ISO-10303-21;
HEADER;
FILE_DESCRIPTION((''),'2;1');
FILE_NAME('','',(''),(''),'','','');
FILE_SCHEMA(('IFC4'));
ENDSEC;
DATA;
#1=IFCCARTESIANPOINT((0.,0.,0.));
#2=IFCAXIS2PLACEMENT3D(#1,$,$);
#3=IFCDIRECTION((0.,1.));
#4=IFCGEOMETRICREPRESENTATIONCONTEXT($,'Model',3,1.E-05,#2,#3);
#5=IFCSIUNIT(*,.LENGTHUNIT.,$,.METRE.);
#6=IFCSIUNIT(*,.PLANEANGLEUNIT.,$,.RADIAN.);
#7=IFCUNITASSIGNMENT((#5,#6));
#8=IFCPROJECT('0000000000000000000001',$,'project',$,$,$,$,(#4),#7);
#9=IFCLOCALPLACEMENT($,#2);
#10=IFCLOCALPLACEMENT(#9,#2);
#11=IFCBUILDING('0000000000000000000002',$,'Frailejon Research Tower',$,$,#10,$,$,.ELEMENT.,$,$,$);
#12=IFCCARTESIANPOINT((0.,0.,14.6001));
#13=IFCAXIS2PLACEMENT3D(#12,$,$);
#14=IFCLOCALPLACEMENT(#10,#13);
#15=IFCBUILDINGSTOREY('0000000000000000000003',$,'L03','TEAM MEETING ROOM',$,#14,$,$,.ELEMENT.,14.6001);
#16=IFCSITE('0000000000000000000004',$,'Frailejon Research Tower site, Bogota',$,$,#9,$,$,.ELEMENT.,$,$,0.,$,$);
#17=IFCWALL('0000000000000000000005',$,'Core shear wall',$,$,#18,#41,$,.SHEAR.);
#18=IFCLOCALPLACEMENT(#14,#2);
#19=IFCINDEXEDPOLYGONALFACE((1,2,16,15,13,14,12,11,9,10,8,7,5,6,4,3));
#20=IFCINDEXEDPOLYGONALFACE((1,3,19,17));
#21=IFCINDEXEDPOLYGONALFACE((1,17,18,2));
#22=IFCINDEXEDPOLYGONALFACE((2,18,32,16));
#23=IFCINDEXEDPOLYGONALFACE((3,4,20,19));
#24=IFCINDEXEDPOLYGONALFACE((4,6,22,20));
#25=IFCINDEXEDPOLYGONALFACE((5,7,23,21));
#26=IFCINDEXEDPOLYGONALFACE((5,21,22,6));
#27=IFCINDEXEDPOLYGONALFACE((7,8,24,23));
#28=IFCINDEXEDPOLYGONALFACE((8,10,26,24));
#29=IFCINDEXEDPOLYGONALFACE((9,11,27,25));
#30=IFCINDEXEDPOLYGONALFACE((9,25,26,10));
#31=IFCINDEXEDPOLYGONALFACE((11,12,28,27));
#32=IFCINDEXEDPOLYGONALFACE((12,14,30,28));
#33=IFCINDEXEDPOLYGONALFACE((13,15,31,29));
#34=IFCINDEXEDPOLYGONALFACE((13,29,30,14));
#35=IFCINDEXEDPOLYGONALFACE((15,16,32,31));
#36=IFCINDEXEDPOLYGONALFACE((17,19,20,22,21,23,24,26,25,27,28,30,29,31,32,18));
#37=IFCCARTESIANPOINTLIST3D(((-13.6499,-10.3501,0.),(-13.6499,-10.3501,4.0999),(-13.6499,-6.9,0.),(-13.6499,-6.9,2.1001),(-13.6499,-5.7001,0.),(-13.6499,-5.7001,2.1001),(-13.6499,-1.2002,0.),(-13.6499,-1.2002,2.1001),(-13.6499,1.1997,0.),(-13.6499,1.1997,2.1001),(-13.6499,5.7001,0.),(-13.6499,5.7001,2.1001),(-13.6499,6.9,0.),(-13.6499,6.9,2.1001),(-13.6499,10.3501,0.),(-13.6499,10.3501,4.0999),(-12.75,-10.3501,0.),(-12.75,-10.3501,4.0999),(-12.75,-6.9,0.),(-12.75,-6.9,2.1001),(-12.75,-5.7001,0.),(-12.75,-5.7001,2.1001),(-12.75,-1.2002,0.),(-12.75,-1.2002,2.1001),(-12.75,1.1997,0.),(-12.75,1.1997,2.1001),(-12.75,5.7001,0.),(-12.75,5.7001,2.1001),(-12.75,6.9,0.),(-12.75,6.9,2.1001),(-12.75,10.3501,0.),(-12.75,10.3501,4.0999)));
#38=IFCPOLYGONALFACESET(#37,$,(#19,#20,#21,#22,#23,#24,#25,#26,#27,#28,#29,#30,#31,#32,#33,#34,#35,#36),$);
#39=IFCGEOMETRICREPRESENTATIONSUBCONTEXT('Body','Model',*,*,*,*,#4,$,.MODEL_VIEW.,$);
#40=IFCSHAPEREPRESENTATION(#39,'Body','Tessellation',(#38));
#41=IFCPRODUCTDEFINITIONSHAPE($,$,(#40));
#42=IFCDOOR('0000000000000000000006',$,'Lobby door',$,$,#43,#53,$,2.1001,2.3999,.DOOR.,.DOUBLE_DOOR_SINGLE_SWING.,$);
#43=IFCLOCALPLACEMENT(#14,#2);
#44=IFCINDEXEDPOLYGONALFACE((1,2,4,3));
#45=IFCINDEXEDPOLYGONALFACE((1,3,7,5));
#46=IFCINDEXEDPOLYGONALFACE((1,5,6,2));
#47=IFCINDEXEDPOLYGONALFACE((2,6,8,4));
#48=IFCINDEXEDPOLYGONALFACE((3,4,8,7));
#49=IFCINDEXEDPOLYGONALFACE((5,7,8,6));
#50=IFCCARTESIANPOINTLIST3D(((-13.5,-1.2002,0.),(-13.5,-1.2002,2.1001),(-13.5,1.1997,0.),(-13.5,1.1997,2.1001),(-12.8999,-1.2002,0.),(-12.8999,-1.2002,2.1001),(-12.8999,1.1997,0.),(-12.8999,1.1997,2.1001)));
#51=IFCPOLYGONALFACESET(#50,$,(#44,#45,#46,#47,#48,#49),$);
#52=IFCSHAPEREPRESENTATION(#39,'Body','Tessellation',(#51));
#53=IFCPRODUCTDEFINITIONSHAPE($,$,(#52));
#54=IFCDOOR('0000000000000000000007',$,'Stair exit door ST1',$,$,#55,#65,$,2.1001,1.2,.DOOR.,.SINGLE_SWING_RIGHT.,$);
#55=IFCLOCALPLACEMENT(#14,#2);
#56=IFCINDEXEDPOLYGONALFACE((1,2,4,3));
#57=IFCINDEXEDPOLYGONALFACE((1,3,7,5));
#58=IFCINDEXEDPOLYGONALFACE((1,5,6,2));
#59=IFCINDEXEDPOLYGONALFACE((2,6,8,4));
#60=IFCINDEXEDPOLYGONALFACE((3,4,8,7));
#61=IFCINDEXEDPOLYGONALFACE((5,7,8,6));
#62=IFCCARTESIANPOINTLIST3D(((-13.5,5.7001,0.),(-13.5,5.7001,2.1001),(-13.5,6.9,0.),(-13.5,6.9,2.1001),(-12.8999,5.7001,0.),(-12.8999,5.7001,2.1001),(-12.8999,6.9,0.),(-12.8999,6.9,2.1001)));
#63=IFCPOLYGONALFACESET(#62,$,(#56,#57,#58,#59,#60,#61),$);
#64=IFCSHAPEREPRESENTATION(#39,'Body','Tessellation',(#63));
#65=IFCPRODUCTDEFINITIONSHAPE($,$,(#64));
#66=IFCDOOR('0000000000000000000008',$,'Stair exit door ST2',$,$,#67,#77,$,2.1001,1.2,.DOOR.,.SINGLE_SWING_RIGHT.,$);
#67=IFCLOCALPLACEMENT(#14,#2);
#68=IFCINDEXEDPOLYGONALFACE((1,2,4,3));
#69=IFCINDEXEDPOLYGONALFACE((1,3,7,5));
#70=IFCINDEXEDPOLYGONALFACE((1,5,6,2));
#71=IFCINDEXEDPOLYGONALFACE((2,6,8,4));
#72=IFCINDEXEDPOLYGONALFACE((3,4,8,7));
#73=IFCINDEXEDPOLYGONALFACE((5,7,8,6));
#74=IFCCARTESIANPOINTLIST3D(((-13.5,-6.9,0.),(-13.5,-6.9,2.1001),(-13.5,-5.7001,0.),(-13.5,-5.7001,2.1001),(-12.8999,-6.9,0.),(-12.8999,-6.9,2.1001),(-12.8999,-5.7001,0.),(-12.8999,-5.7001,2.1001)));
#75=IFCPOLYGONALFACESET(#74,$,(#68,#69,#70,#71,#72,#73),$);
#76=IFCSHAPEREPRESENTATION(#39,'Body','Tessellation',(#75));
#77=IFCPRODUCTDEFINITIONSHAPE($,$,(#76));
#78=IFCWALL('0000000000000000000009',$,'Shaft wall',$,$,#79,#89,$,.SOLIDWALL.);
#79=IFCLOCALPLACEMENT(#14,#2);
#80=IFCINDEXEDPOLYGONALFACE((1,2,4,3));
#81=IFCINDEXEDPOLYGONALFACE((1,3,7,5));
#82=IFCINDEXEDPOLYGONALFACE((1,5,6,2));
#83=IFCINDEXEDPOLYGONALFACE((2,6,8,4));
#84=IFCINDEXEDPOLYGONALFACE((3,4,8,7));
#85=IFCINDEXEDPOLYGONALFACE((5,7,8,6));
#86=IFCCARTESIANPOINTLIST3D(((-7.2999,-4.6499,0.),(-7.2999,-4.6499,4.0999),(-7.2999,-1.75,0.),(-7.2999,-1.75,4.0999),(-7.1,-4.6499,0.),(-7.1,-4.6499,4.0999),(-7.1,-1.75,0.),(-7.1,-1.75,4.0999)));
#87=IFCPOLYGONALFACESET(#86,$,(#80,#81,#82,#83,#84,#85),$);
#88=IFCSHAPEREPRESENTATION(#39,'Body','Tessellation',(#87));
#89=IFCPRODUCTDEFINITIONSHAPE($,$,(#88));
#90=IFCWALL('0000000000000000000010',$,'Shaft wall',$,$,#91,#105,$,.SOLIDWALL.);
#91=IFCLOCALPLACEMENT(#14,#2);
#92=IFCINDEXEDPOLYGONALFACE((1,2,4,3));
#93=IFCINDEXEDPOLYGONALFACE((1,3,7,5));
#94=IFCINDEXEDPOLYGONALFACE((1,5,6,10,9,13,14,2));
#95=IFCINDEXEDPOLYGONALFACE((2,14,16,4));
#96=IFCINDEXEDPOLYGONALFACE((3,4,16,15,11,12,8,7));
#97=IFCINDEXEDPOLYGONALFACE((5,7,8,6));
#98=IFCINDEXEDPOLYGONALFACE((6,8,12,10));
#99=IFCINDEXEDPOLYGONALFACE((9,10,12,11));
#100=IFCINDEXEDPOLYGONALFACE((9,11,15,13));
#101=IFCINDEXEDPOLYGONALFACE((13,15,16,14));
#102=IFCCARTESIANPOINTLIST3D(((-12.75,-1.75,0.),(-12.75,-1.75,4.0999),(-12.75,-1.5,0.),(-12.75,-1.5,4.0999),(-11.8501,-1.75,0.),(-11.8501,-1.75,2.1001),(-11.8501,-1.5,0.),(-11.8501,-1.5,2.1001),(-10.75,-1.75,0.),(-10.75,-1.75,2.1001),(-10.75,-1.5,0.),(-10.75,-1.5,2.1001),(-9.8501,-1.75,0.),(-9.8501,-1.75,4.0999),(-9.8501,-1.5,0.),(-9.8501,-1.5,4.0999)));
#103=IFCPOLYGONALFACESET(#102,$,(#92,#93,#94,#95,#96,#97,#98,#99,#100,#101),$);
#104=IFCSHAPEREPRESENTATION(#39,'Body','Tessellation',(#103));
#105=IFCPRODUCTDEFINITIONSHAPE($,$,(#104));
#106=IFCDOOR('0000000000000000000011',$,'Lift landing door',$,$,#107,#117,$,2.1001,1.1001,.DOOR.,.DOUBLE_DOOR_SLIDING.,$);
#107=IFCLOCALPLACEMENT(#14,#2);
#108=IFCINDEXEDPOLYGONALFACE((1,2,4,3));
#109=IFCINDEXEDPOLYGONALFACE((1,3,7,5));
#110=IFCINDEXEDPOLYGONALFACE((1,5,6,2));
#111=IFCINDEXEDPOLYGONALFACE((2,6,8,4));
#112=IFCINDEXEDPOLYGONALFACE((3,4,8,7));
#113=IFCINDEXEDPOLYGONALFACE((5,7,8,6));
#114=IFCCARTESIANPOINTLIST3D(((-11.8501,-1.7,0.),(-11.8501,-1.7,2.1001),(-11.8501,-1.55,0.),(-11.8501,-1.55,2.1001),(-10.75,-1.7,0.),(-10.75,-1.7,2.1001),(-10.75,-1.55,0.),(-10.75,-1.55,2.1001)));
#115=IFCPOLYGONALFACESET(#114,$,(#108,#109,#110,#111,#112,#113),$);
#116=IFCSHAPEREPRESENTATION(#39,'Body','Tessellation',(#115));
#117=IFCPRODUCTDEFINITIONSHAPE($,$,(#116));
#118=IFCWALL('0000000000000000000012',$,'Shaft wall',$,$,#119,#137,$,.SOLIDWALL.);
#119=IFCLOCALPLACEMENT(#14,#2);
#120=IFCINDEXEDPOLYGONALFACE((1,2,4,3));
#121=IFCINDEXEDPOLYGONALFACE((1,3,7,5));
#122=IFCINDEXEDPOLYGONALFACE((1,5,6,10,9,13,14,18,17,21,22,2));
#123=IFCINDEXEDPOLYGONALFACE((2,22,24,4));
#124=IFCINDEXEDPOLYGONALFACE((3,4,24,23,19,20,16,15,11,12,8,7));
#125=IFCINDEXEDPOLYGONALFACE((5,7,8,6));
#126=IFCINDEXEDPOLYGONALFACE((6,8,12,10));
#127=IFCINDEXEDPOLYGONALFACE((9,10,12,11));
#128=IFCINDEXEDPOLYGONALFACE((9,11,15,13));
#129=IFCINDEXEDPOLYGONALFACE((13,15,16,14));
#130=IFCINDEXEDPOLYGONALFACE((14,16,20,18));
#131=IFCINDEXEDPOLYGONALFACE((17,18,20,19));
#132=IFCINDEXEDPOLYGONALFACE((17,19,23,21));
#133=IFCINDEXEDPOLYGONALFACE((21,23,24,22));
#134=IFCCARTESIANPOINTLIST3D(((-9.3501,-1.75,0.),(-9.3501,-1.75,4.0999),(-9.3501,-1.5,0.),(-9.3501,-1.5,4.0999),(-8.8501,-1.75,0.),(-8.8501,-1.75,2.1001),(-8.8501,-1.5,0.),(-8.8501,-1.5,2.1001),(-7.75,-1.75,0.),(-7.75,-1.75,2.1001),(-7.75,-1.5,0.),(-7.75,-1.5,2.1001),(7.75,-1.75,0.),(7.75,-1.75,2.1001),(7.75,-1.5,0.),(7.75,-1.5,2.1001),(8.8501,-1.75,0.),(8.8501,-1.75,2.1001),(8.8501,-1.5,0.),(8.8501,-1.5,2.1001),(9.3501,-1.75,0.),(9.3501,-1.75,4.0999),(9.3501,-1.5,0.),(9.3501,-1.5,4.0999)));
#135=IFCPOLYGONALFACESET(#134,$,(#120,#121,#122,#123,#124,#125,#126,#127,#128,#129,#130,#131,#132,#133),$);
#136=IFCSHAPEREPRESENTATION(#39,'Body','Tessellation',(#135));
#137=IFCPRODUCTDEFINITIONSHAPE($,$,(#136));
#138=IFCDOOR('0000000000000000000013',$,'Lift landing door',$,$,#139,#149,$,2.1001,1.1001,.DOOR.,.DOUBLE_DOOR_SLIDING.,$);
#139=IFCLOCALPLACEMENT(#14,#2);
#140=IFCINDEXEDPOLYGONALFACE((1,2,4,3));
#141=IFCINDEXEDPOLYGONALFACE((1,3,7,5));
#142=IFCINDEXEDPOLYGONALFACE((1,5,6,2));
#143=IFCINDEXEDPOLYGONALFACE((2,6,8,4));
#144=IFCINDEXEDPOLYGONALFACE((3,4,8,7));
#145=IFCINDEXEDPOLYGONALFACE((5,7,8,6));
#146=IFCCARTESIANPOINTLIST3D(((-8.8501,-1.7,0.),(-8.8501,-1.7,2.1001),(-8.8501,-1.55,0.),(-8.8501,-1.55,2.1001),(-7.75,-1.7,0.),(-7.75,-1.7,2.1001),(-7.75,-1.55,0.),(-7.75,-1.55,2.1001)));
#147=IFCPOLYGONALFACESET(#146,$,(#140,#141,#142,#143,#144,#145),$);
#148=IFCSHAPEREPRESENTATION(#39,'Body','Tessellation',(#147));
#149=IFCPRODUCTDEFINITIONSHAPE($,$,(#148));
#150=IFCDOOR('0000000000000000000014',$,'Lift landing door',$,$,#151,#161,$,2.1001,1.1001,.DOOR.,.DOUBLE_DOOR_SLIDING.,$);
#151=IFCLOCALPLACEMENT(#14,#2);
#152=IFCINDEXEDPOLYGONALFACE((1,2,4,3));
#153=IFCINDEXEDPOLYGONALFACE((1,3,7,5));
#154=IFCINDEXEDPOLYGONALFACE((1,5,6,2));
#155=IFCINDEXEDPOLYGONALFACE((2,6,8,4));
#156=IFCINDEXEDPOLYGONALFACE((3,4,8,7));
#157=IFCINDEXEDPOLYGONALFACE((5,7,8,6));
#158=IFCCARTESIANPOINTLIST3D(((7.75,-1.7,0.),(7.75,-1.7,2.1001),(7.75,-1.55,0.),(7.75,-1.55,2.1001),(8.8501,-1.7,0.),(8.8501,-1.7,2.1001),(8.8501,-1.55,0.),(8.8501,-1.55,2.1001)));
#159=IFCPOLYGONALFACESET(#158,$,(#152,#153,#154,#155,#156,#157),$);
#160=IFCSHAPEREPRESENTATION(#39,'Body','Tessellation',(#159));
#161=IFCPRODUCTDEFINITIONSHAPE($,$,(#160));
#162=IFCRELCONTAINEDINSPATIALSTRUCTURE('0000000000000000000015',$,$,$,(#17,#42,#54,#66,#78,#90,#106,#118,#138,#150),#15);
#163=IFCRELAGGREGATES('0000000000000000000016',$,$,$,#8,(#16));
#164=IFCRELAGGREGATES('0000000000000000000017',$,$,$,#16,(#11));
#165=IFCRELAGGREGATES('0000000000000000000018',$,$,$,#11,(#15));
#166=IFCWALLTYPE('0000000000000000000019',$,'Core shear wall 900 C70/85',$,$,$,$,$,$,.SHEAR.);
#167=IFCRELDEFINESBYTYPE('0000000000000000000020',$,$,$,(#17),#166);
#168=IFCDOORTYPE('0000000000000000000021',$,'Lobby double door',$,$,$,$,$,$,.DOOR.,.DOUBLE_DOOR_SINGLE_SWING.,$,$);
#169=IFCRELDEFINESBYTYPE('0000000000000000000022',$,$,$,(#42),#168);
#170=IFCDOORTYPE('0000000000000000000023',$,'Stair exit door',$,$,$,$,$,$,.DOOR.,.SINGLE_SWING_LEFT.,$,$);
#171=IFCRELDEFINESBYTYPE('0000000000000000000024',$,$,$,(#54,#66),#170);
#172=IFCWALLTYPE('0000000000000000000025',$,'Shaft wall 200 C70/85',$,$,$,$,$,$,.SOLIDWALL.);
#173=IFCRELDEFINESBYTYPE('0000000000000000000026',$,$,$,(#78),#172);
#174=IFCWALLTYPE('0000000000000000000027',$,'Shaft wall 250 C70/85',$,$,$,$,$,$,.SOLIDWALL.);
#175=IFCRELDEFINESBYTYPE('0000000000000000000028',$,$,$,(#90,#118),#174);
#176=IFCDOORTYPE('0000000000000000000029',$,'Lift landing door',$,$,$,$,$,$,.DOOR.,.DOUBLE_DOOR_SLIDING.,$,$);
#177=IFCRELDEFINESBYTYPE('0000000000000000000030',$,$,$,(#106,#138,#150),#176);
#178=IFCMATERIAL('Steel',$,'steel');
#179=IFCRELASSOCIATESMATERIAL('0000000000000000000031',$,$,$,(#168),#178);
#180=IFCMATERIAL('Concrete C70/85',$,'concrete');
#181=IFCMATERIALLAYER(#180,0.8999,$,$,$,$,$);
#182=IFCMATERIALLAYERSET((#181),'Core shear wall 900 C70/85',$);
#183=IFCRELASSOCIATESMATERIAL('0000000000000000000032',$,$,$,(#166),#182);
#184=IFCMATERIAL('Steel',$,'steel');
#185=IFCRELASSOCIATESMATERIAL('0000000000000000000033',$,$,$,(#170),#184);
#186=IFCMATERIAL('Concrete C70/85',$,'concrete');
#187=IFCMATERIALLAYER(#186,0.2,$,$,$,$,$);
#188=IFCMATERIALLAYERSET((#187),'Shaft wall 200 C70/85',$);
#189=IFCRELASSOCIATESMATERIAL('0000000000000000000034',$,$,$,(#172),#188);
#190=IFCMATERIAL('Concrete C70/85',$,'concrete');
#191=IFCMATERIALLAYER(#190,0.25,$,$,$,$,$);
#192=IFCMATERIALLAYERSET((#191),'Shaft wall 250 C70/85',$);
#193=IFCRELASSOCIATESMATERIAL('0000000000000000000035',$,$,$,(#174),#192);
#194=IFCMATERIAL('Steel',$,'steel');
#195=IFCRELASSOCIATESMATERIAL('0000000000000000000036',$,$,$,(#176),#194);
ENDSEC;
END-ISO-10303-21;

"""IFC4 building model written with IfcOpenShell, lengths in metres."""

from ifc_helpers import new_model, si_unit, direction, frame, frame_2d, origin, place, context, subcontext, project, spatial, rectangle, extrude, material, layer, layer_set, type_object, element, fill, save


model = new_model("IFC4")

# Units and contexts
model_context = context("Model", 3, precision=1e-05, world=origin(), true_north=direction((0.0, 1.0)))
body_context = subcontext(model_context, "Body", "Model", "MODEL_VIEW")
ifc_project = project(units=[si_unit("LENGTHUNIT", "METRE"), si_unit("PLANEANGLEUNIT", "RADIAN")], contexts=[model_context])

# Site, building, storey
site_placement = place(None, origin())
site = spatial("IfcSite", under=ifc_project, at=site_placement, Name="Frailejon Research Tower site, Bogota", CompositionType="ELEMENT", RefElevation=0.0)
building_placement = place(site_placement, origin())
building = spatial("IfcBuilding", under=site, at=building_placement, Name="Frailejon Research Tower", CompositionType="ELEMENT")
storey_placement = place(building_placement, frame((0.0, 0.0, 14.6001)))
storey = spatial("IfcBuildingStorey", under=building, at=storey_placement, Name="L03", Description="TEAM MEETING ROOM", CompositionType="ELEMENT", Elevation=14.6001)

# Shared definitions
ifc_material_1 = material(Name="Steel", Category="steel")
door_type_1 = type_object("IfcDoorType", Name="Lobby double door", OperationType="DOUBLE_DOOR_SINGLE_SWING", PredefinedType="DOOR", material=ifc_material_1)

# Wall, openings, doors
ifc_material_2 = material(Name="Concrete C70/85", Category="concrete")
ifc_layer_1 = layer(ifc_material_2, 0.8999)
ifc_layer_set_1 = layer_set([ifc_layer_1], Name="Core shear wall 900 C70/85")
wall_type_1 = type_object("IfcWallType", Name="Core shear wall 900 C70/85", PredefinedType="SHEAR", material=ifc_layer_set_1)
wall_1_placement = place(storey_placement, frame((-13.2, -10.3501, 0.0), z_axis=(0.0, 0.0, 1.0), x_axis=(0.0, 1.0, 0.0)))
wall_1 = element("IfcWall", 1, at=wall_1_placement, inside=storey, type_object=wall_type_1, Name="Core shear wall", PredefinedType="SHEAR", context=body_context, shape_type="SweptSolid", body=[
    extrude(rectangle(XDim=20.7002, YDim=0.8999, at=frame_2d((10.3501, 0.0))), origin(), (0.0, 0.0, 1.0), 4.0999),
])
opening_1_placement = place(wall_1_placement, frame((9.1499, 0.0, 0.0)))
opening_1 = element("IfcOpeningElement", 2, at=opening_1_placement, cuts=wall_1, PredefinedType="OPENING", context=body_context, shape_type="SweptSolid", body=[
    extrude(rectangle(XDim=2.3999, YDim=2.1001, at=frame_2d((1.2, 1.05))), frame((0.0, 0.46, 0.0), z_axis=(0.0, -1.0, 0.0), x_axis=(1.0, 0.0, 0.0)), (0.0, 0.0, 1.0), 0.9199),
])
opening_2_placement = place(wall_1_placement, frame((16.05, 0.0, 0.0)))
opening_2 = element("IfcOpeningElement", 3, at=opening_2_placement, cuts=wall_1, PredefinedType="OPENING", context=body_context, shape_type="SweptSolid", body=[
    extrude(rectangle(XDim=1.2, YDim=2.1001, at=frame_2d((0.6001, 1.05))), frame((0.0, 0.46, 0.0), z_axis=(0.0, -1.0, 0.0), x_axis=(1.0, 0.0, 0.0)), (0.0, 0.0, 1.0), 0.9199),
])
opening_3_placement = place(wall_1_placement, frame((3.45, 0.0, 0.0)))
opening_3 = element("IfcOpeningElement", 4, at=opening_3_placement, cuts=wall_1, PredefinedType="OPENING", context=body_context, shape_type="SweptSolid", body=[
    extrude(rectangle(XDim=1.2, YDim=2.1001, at=frame_2d((0.6001, 1.05))), frame((0.0, 0.46, 0.0), z_axis=(0.0, -1.0, 0.0), x_axis=(1.0, 0.0, 0.0)), (0.0, 0.0, 1.0), 0.9199),
])
door_1_placement = place(opening_1_placement, origin())
door_1 = element("IfcDoor", 5, at=door_1_placement, inside=storey, type_object=door_type_1, Name="Lobby door", OperationType="DOUBLE_DOOR_SINGLE_SWING", OverallHeight=2.1001, OverallWidth=2.3999, PredefinedType="DOOR", context=body_context, shape_type="SweptSolid", body=[
    extrude(rectangle(XDim=2.3999, YDim=2.1001, at=frame_2d((1.2, 1.05))), frame((0.0, 0.3, 0.0), z_axis=(0.0, -1.0, 0.0), x_axis=(1.0, 0.0, 0.0)), (0.0, 0.0, 1.0), 0.6001),
])
fill(opening_1, door_1)
ifc_material_3 = material(Name="Steel", Category="steel")
door_type_2 = type_object("IfcDoorType", Name="Stair exit door", OperationType="SINGLE_SWING_LEFT", PredefinedType="DOOR", material=ifc_material_3)
door_2_placement = place(opening_2_placement, origin())
door_2 = element("IfcDoor", 6, at=door_2_placement, inside=storey, type_object=door_type_2, Name="Stair exit door ST1", OperationType="SINGLE_SWING_RIGHT", OverallHeight=2.1001, OverallWidth=1.2, PredefinedType="DOOR", context=body_context, shape_type="SweptSolid", body=[
    extrude(rectangle(XDim=1.2, YDim=2.1001, at=frame_2d((0.6001, 1.05))), frame((0.0, 0.3, 0.0), z_axis=(0.0, -1.0, 0.0), x_axis=(1.0, 0.0, 0.0)), (0.0, 0.0, 1.0), 0.6001),
])
fill(opening_2, door_2)
door_3_placement = place(opening_3_placement, origin())
door_3 = element("IfcDoor", 7, at=door_3_placement, inside=storey, type_object=door_type_2, Name="Stair exit door ST2", OperationType="SINGLE_SWING_RIGHT", OverallHeight=2.1001, OverallWidth=1.2, PredefinedType="DOOR", context=body_context, shape_type="SweptSolid", body=[
    extrude(rectangle(XDim=1.2, YDim=2.1001, at=frame_2d((0.6001, 1.05))), frame((0.0, 0.3, 0.0), z_axis=(0.0, -1.0, 0.0), x_axis=(1.0, 0.0, 0.0)), (0.0, 0.0, 1.0), 0.6001),
])
fill(opening_3, door_3)

# Wall
ifc_material_4 = material(Name="Concrete C70/85", Category="concrete")
ifc_layer_2 = layer(ifc_material_4, 0.2)
ifc_layer_set_2 = layer_set([ifc_layer_2], Name="Shaft wall 200 C70/85")
wall_type_2 = type_object("IfcWallType", Name="Shaft wall 200 C70/85", PredefinedType="SOLIDWALL", material=ifc_layer_set_2)
wall_2_placement = place(storey_placement, frame((-7.2, -4.6499, 0.0), z_axis=(0.0, 0.0, 1.0), x_axis=(0.0, 1.0, 0.0)))
element("IfcWall", 8, at=wall_2_placement, inside=storey, type_object=wall_type_2, Name="Shaft wall", PredefinedType="SOLIDWALL", context=body_context, shape_type="SweptSolid", body=[
    extrude(rectangle(XDim=2.8999, YDim=0.2, at=frame_2d((1.45, 0.0))), origin(), (0.0, 0.0, 1.0), 4.0999),
])

# Wall, opening, door
ifc_material_5 = material(Name="Concrete C70/85", Category="concrete")
ifc_layer_3 = layer(ifc_material_5, 0.25)
ifc_layer_set_3 = layer_set([ifc_layer_3], Name="Shaft wall 250 C70/85")
wall_type_3 = type_object("IfcWallType", Name="Shaft wall 250 C70/85", PredefinedType="SOLIDWALL", material=ifc_layer_set_3)
wall_3_placement = place(storey_placement, frame((-12.75, -1.625, 0.0), z_axis=(0.0, 0.0, 1.0), x_axis=(1.0, 0.0, 0.0)))
wall_3 = element("IfcWall", 9, at=wall_3_placement, inside=storey, type_object=wall_type_3, Name="Shaft wall", PredefinedType="SOLIDWALL", context=body_context, shape_type="SweptSolid", body=[
    extrude(rectangle(XDim=2.8999, YDim=0.25, at=frame_2d((1.45, 0.0))), origin(), (0.0, 0.0, 1.0), 4.0999),
])
opening_4_placement = place(wall_3_placement, frame((0.8999, 0.0, 0.0)))
opening_4 = element("IfcOpeningElement", 10, at=opening_4_placement, cuts=wall_3, PredefinedType="OPENING", context=body_context, shape_type="SweptSolid", body=[
    extrude(rectangle(XDim=1.1001, YDim=2.1001, at=frame_2d((0.55, 1.05))), frame((0.0, 0.135, 0.0), z_axis=(0.0, -1.0, 0.0), x_axis=(1.0, 0.0, 0.0)), (0.0, 0.0, 1.0), 0.27),
])
ifc_material_6 = material(Name="Steel", Category="steel")
door_type_3 = type_object("IfcDoorType", Name="Lift landing door", OperationType="DOUBLE_DOOR_SLIDING", PredefinedType="DOOR", material=ifc_material_6)
door_4_placement = place(opening_4_placement, origin())
door_4 = element("IfcDoor", 11, at=door_4_placement, inside=storey, type_object=door_type_3, Name="Lift landing door", OperationType="DOUBLE_DOOR_SLIDING", OverallHeight=2.1001, OverallWidth=1.1001, PredefinedType="DOOR", context=body_context, shape_type="SweptSolid", body=[
    extrude(rectangle(XDim=1.1001, YDim=2.1001, at=frame_2d((0.55, 1.05))), frame((0.0, 0.075, 0.0), z_axis=(0.0, -1.0, 0.0), x_axis=(1.0, 0.0, 0.0)), (0.0, 0.0, 1.0), 0.1499),
])
fill(opening_4, door_4)

# Wall, openings, doors
wall_4_placement = place(storey_placement, frame((-9.3501, -1.625, 0.0), z_axis=(0.0, 0.0, 1.0), x_axis=(1.0, 0.0, 0.0)))
wall_4 = element("IfcWall", 12, at=wall_4_placement, inside=storey, type_object=wall_type_3, Name="Shaft wall", PredefinedType="SOLIDWALL", context=body_context, shape_type="SweptSolid", body=[
    extrude(rectangle(XDim=18.7002, YDim=0.25, at=frame_2d((9.3501, 0.0))), origin(), (0.0, 0.0, 1.0), 4.0999),
])
opening_5_placement = place(wall_4_placement, frame((0.5, 0.0, 0.0)))
opening_5 = element("IfcOpeningElement", 13, at=opening_5_placement, cuts=wall_4, PredefinedType="OPENING", context=body_context, shape_type="SweptSolid", body=[
    extrude(rectangle(XDim=1.1001, YDim=2.1001, at=frame_2d((0.55, 1.05))), frame((0.0, 0.135, 0.0), z_axis=(0.0, -1.0, 0.0), x_axis=(1.0, 0.0, 0.0)), (0.0, 0.0, 1.0), 0.27),
])
opening_6_placement = place(wall_4_placement, frame((17.1001, 0.0, 0.0)))
opening_6 = element("IfcOpeningElement", 14, at=opening_6_placement, cuts=wall_4, PredefinedType="OPENING", context=body_context, shape_type="SweptSolid", body=[
    extrude(rectangle(XDim=1.1001, YDim=2.1001, at=frame_2d((0.55, 1.05))), frame((0.0, 0.135, 0.0), z_axis=(0.0, -1.0, 0.0), x_axis=(1.0, 0.0, 0.0)), (0.0, 0.0, 1.0), 0.27),
])
door_5_placement = place(opening_5_placement, origin())
door_5 = element("IfcDoor", 15, at=door_5_placement, inside=storey, type_object=door_type_3, Name="Lift landing door", OperationType="DOUBLE_DOOR_SLIDING", OverallHeight=2.1001, OverallWidth=1.1001, PredefinedType="DOOR", context=body_context, shape_type="SweptSolid", body=[
    extrude(rectangle(XDim=1.1001, YDim=2.1001, at=frame_2d((0.55, 1.05))), frame((0.0, 0.075, 0.0), z_axis=(0.0, -1.0, 0.0), x_axis=(1.0, 0.0, 0.0)), (0.0, 0.0, 1.0), 0.1499),
])
fill(opening_5, door_5)
door_6_placement = place(opening_6_placement, origin())
door_6 = element("IfcDoor", 16, at=door_6_placement, inside=storey, type_object=door_type_3, Name="Lift landing door", OperationType="DOUBLE_DOOR_SLIDING", OverallHeight=2.1001, OverallWidth=1.1001, PredefinedType="DOOR", context=body_context, shape_type="SweptSolid", body=[
    extrude(rectangle(XDim=1.1001, YDim=2.1001, at=frame_2d((0.55, 1.05))), frame((0.0, 0.075, 0.0), z_axis=(0.0, -1.0, 0.0), x_axis=(1.0, 0.0, 0.0)), (0.0, 0.0, 1.0), 0.1499),
])
fill(opening_6, door_6)

save(model, "model.ifc")
